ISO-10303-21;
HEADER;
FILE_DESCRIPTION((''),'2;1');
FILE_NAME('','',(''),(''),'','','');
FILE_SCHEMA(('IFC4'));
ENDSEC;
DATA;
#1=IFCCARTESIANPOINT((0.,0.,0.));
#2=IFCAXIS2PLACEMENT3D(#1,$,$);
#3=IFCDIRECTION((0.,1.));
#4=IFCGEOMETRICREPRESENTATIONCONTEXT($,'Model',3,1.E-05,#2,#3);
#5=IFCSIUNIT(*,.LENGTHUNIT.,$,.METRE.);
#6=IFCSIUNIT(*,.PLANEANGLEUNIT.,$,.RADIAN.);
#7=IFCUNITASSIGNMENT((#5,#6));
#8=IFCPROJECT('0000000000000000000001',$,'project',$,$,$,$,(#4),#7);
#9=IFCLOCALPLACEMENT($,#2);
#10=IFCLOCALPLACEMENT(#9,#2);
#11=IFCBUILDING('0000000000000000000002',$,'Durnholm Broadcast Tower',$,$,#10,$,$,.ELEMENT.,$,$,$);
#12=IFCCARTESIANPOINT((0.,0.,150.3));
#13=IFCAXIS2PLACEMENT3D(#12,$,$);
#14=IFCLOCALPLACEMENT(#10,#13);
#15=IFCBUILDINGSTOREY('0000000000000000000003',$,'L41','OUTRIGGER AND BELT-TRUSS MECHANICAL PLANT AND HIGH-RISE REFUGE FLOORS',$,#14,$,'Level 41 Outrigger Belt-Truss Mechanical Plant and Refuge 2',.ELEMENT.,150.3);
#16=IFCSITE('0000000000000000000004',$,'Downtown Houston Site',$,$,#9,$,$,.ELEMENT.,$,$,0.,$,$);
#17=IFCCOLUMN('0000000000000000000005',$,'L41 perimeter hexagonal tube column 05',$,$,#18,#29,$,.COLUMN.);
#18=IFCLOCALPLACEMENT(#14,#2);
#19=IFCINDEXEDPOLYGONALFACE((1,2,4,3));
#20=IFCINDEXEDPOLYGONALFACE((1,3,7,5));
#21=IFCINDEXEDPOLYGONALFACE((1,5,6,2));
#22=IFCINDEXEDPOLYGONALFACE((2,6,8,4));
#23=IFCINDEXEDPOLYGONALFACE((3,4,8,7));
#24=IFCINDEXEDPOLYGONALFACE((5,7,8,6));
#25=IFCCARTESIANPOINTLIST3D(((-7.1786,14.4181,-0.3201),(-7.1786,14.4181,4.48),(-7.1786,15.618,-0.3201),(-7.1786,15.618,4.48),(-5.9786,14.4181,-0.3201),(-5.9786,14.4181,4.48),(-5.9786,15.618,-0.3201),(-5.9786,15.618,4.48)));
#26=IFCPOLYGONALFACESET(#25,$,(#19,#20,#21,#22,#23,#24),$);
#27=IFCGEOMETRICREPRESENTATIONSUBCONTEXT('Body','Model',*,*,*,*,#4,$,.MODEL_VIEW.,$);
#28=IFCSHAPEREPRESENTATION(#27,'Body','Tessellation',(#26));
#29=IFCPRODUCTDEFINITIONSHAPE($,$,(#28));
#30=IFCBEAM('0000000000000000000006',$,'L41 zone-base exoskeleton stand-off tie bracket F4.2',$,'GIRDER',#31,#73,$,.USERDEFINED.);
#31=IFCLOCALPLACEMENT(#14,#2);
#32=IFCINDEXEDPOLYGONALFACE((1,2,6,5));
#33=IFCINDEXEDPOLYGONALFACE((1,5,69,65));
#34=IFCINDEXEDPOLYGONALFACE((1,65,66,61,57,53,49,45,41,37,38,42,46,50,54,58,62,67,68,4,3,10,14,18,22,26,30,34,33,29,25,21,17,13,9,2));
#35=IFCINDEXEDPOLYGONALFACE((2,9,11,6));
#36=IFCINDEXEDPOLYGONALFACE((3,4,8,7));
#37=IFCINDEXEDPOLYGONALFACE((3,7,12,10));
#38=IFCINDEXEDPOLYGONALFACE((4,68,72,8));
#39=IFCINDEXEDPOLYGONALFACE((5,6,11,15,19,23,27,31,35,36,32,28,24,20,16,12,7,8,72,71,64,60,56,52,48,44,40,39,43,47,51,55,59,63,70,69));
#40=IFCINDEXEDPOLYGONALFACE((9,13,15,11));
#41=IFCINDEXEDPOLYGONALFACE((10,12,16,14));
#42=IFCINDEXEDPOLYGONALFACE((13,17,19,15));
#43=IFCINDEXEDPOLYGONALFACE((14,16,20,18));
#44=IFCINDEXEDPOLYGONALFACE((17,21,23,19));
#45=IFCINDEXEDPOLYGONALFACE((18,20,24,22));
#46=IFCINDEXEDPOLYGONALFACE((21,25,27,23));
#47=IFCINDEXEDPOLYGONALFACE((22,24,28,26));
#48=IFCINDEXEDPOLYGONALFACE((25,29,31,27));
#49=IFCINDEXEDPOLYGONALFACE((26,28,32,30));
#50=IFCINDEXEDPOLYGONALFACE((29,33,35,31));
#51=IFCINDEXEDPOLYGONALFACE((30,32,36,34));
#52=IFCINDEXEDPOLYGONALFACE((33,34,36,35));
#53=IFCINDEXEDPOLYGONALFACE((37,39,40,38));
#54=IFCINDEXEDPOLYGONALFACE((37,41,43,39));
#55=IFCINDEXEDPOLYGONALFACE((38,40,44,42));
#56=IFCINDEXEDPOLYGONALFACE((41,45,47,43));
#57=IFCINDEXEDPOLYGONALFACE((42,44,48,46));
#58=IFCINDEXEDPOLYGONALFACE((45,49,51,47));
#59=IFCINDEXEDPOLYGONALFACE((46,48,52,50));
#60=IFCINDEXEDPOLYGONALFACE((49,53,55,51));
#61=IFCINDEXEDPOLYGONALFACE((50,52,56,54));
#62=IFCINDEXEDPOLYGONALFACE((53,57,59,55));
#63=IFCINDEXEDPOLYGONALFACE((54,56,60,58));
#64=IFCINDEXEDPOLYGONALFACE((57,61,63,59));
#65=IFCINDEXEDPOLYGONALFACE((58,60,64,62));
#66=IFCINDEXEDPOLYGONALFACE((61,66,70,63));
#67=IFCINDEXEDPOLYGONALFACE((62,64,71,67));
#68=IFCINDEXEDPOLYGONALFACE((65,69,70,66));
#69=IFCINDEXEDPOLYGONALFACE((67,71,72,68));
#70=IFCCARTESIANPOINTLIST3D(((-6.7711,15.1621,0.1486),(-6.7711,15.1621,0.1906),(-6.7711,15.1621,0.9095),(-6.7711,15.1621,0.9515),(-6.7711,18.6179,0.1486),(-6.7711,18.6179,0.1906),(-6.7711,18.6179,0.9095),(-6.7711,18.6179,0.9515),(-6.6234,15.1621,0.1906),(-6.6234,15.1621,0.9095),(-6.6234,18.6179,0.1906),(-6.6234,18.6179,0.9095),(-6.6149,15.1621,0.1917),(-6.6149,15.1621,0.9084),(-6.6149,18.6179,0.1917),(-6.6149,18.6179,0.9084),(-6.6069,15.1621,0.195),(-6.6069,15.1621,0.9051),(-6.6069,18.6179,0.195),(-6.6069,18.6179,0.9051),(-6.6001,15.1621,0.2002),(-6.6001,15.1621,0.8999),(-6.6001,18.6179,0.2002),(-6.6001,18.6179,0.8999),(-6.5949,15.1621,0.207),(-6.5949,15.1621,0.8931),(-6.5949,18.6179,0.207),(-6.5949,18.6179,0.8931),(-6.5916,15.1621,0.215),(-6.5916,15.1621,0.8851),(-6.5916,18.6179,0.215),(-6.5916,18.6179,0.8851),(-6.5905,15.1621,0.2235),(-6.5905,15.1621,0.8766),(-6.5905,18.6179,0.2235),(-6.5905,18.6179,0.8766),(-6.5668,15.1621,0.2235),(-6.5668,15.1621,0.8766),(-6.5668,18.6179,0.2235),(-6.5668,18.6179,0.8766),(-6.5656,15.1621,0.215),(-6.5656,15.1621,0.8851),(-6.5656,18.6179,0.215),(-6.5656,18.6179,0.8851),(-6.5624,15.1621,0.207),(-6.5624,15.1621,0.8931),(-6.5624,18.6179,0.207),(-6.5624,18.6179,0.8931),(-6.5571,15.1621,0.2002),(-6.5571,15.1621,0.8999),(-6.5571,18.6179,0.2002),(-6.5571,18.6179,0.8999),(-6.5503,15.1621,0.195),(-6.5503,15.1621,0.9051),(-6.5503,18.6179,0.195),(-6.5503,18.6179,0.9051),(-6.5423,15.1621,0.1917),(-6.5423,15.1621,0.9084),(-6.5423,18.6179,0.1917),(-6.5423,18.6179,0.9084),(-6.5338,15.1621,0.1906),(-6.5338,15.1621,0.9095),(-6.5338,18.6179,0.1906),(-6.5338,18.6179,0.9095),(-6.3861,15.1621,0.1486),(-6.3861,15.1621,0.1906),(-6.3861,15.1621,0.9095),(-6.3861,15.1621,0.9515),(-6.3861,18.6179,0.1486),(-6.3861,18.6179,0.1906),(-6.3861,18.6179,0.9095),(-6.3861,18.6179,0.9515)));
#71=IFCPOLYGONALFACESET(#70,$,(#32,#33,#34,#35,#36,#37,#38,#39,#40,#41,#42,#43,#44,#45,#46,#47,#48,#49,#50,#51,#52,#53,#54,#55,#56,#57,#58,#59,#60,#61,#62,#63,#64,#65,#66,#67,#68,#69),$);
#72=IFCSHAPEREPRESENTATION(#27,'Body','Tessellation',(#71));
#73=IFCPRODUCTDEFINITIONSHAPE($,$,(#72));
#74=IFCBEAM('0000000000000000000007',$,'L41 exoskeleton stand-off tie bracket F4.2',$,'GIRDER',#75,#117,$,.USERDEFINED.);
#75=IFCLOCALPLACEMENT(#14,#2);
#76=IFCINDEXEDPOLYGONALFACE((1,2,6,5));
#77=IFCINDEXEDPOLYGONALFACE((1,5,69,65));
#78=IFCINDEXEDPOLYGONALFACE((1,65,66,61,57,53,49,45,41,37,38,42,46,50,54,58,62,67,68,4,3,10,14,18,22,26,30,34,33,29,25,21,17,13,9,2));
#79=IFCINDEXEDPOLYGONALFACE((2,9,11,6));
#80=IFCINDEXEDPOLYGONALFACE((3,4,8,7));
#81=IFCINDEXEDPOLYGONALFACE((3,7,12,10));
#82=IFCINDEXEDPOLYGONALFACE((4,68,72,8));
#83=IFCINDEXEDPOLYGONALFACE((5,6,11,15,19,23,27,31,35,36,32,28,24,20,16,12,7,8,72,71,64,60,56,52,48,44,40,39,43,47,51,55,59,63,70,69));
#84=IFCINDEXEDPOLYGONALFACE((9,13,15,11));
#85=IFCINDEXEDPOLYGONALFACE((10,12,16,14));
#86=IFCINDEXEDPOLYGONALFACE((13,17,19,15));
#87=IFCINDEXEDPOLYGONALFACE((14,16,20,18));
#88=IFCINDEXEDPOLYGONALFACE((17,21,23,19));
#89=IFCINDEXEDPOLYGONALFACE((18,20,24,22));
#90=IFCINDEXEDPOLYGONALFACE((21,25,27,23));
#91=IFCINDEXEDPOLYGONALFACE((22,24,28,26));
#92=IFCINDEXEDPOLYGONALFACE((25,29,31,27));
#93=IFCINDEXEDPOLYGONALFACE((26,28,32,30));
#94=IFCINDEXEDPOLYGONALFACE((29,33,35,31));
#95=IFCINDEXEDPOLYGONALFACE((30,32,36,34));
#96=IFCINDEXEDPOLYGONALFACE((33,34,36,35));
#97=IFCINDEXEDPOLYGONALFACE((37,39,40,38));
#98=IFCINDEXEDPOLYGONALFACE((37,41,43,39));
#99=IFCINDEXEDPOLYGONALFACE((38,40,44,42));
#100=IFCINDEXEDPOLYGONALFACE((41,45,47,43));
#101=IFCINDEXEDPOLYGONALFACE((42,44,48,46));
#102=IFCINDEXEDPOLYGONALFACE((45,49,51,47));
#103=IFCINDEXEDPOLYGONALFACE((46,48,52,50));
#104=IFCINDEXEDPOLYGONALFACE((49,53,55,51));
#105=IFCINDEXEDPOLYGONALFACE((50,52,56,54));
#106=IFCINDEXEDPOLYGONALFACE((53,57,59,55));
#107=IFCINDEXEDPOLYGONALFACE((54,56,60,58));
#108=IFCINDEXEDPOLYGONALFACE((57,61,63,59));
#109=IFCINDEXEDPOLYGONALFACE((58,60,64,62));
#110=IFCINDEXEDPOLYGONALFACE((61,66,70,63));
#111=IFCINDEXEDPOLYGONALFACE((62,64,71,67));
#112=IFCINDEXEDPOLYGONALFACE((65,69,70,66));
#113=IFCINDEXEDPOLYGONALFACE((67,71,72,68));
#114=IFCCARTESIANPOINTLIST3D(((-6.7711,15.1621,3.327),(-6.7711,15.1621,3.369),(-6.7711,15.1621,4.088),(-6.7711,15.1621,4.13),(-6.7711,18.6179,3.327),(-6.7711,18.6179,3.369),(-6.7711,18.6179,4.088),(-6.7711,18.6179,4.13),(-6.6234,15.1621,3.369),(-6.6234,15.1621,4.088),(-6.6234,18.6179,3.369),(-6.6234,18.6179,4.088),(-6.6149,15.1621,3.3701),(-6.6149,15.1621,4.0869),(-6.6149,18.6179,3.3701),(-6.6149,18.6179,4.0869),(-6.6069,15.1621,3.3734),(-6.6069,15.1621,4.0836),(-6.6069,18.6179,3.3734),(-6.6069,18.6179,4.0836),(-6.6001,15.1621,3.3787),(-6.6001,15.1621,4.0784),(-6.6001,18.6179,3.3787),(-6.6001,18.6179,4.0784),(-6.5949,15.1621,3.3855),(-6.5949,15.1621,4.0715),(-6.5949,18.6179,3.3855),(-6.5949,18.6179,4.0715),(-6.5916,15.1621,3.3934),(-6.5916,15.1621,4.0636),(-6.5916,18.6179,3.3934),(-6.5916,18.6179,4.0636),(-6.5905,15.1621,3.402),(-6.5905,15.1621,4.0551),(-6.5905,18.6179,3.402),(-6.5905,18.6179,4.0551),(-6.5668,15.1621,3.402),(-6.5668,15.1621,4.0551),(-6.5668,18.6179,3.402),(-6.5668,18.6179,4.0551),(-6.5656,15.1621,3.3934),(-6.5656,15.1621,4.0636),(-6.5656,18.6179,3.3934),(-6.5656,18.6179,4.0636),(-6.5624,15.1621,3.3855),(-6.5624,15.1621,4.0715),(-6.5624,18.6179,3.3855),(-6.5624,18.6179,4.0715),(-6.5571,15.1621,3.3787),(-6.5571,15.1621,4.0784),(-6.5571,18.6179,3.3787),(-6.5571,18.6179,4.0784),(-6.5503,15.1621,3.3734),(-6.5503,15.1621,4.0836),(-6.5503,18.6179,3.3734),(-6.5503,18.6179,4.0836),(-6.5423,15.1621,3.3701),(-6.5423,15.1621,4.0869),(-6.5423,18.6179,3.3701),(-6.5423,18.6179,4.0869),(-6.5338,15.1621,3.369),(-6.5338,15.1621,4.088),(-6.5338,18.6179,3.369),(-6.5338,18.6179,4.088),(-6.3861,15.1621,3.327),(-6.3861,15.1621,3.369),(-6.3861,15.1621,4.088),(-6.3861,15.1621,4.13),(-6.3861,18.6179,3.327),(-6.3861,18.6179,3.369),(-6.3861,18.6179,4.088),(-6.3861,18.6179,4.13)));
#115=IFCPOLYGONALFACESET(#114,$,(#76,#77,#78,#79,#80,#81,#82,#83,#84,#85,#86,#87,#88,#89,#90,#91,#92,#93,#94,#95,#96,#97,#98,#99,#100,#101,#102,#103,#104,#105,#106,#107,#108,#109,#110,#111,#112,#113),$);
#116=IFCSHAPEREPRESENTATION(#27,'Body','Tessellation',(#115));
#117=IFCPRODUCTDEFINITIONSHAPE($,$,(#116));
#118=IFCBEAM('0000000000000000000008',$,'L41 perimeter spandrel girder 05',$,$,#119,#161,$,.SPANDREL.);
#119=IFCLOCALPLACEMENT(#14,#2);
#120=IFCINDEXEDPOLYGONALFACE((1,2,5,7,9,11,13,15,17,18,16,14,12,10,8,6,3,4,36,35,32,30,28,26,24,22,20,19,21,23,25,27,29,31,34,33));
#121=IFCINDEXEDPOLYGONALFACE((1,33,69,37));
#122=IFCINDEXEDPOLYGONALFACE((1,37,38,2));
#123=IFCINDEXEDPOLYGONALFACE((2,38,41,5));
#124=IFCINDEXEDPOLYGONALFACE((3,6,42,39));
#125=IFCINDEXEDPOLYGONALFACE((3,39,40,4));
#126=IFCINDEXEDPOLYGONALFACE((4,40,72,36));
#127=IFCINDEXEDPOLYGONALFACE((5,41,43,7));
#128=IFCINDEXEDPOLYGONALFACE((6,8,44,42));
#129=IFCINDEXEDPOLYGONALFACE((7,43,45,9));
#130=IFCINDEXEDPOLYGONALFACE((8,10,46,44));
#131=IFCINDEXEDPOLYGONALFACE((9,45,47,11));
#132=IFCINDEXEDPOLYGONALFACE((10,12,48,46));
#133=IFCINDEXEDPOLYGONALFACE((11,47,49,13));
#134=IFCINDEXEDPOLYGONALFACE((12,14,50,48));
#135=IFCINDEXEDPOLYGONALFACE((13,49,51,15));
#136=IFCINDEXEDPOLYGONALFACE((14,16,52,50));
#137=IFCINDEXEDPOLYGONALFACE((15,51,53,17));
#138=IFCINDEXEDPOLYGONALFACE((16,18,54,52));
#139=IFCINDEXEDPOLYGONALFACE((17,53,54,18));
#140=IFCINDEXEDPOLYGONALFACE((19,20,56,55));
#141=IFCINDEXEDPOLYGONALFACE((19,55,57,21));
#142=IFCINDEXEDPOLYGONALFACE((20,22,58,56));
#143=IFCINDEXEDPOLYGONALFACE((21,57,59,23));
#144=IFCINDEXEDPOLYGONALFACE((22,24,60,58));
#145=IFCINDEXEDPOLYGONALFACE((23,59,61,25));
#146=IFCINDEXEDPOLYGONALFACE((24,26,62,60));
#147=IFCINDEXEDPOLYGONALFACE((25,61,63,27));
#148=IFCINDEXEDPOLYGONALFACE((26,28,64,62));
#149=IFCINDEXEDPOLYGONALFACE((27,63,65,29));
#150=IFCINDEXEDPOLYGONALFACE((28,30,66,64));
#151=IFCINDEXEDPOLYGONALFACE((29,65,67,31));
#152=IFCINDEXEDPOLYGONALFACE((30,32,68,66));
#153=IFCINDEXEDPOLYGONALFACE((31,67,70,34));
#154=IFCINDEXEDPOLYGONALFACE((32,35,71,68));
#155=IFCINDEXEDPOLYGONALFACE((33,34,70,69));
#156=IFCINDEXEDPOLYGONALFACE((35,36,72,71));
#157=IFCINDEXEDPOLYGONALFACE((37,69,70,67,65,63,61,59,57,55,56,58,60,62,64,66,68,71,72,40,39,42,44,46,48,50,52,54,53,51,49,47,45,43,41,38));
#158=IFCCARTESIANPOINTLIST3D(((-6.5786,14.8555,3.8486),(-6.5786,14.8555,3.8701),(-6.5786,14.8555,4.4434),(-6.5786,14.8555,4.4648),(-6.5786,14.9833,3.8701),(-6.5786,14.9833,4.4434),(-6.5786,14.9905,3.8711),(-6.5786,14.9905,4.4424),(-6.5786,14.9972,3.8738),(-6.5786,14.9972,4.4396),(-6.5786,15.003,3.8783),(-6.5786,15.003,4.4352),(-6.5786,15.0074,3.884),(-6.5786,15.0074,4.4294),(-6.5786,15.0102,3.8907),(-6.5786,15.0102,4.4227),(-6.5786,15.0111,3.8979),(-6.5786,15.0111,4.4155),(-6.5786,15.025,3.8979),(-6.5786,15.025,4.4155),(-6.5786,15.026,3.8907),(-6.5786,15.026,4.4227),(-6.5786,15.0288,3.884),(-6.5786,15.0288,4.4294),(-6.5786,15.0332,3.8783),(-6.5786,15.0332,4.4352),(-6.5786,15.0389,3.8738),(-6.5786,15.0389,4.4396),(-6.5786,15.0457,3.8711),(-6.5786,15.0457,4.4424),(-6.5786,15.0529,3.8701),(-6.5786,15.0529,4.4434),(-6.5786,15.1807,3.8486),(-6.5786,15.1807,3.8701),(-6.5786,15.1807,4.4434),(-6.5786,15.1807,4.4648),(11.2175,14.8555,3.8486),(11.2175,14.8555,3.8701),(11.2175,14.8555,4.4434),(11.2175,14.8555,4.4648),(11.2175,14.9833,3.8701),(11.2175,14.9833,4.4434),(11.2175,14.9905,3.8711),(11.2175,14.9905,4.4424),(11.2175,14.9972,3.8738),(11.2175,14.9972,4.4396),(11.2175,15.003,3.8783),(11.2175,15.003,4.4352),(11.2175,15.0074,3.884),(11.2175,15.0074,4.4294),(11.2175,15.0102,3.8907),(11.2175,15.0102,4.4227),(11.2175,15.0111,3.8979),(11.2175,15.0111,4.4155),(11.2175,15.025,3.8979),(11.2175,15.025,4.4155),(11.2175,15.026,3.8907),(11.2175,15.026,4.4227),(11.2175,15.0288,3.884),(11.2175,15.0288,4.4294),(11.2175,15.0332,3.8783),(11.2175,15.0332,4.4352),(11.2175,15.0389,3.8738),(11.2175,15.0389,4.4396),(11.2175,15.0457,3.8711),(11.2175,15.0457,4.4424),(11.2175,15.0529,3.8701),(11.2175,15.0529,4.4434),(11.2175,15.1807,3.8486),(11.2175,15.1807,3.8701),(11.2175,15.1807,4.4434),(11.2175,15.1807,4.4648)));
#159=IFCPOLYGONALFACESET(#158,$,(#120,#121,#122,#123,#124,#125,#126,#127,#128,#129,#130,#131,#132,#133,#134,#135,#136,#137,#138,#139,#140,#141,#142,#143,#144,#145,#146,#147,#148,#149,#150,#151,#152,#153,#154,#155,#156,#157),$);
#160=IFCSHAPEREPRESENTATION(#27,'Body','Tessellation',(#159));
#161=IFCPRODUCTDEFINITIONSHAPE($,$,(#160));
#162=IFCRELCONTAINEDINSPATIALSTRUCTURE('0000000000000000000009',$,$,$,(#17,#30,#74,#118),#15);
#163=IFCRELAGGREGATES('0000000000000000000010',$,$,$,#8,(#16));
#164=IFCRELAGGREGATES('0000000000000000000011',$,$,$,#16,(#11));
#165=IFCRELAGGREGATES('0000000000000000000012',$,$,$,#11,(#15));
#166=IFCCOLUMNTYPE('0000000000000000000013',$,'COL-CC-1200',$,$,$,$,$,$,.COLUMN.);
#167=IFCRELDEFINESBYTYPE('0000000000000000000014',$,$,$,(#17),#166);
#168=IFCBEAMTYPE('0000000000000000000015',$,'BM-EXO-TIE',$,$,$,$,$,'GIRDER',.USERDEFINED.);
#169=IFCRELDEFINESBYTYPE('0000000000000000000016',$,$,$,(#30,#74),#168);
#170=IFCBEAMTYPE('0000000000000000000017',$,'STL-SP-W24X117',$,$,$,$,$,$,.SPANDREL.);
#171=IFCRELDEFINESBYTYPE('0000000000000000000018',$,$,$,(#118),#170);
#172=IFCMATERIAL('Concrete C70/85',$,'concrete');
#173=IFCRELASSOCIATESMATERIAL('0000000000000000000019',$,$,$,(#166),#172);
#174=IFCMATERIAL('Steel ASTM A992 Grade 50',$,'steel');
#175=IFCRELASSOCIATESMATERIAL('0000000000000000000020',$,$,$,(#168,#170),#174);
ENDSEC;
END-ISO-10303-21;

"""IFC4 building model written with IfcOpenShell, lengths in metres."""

from ifc_helpers import new_model, si_unit, direction, frame, origin, origin_2d, place, context, subcontext, project, spatial, rectangle, i_section, extrude, source, transform, mapped, material, material_profile, profile_set, type_object, type_shapes, element, save


model = new_model("IFC4")

# Units and contexts
model_context = context("Model", 3, precision=1e-05, world=origin(), true_north=direction((0.0, 1.0)))
body_context = subcontext(model_context, "Body", "Model", "MODEL_VIEW")
ifc_project = project(units=[si_unit("LENGTHUNIT", "METRE"), si_unit("PLANEANGLEUNIT", "RADIAN")], contexts=[model_context])

# Site, building, storey
site_placement = place(None, origin())
site = spatial("IfcSite", under=ifc_project, at=site_placement, Name="Downtown Houston Site", CompositionType="ELEMENT", RefElevation=0.0)
building_placement = place(site_placement, origin())
building = spatial("IfcBuilding", under=site, at=building_placement, Name="Durnholm Broadcast Tower", CompositionType="ELEMENT")
storey_placement = place(building_placement, frame((0.0, 0.0, 150.3)))
storey = spatial("IfcBuildingStorey", under=building, at=storey_placement, Name="L41", Description="OUTRIGGER AND BELT-TRUSS MECHANICAL PLANT AND HIGH-RISE REFUGE FLOORS", LongName="Level 41 Outrigger Belt-Truss Mechanical Plant and Refuge 2", CompositionType="ELEMENT", Elevation=150.3)

# Column
ifc_material_1 = material(Name="Concrete C70/85", Category="concrete")
ifc_material_profile_1 = material_profile(ifc_material_1, rectangle(XDim=1.2, YDim=1.2, at=origin_2d()), Name="RC1200X1200")
ifc_profile_set_1 = profile_set([ifc_material_profile_1], Name="Concrete C70/85")
column_type = type_object("IfcColumnType", Name="COL-CC-1200", PredefinedType="COLUMN", material=ifc_profile_set_1)
shared_shape_1 = source(origin(), body_context, "Body", "SweptSolid", [
    extrude(rectangle(XDim=1.2, YDim=1.2, at=origin_2d()), origin(), (0.0, 0.0, 1.0), 4.8),
])
type_shapes(column_type, [shared_shape_1])
column_placement = place(storey_placement, frame((-6.5786, 15.0181, -0.3201), z_axis=(0.0, 0.0, 1.0), x_axis=(1.0, 0.0, 0.0)))
element("IfcColumn", 1, at=column_placement, inside=storey, type_object=column_type, Name="L41 perimeter hexagonal tube column 05", PredefinedType="COLUMN", context=body_context, shape_type="MappedRepresentation", body=[
    mapped(shared_shape_1, transform((0.0, 0.0, 0.0), x_axis=(1.0, 0.0, 0.0), y_axis=(0.0, 1.0, 0.0), z_axis=(0.0, 0.0, 1.0), scale=1.0)),
])

# Beams
ifc_material_2 = material(Name="Steel ASTM A992 Grade 50", Category="steel")
ifc_material_profile_2 = material_profile(ifc_material_2, i_section(OverallWidth=0.385, OverallDepth=0.803, WebThickness=0.0237, FlangeThickness=0.042, FilletRadius=0.033, at=origin_2d()), Name="W30X261")
ifc_profile_set_2 = profile_set([ifc_material_profile_2], Name="Steel ASTM A992 Grade 50")
beam_type_1 = type_object("IfcBeamType", Name="BM-EXO-TIE", ElementType="GIRDER", PredefinedType="USERDEFINED", material=ifc_profile_set_2)
shared_shape_2 = source(origin(), body_context, "Body", "SweptSolid", [
    extrude(i_section(OverallWidth=0.385, OverallDepth=0.803, WebThickness=0.0237, FlangeThickness=0.042, FilletRadius=0.033, at=origin_2d()), origin(), (0.0, 0.0, 1.0), 3.4558),
])
type_shapes(beam_type_1, [shared_shape_2])
for number, where, z_axis, x_axis, name in (
    (2, (-6.5786, 15.1621, 0.55), (0.0, 1.0, 0.0), (-1.0, 0.0, 0.0), "L41 zone-base exoskeleton stand-off tie bracket F4.2"),
    (3, (-6.5786, 15.1621, 3.7285), (0.0, 1.0, 0.0), (-1.0, 0.0, 0.0), "L41 exoskeleton stand-off tie bracket F4.2"),
):
    element("IfcBeam", number, at=place(storey_placement, frame(where, z_axis=z_axis, x_axis=x_axis)), inside=storey, type_object=beam_type_1, Name=name, ObjectType="GIRDER", PredefinedType="USERDEFINED", context=body_context, shape_type="MappedRepresentation", body=[
        mapped(shared_shape_2, transform((0.0, 0.0, 0.0), x_axis=(1.0, 0.0, 0.0), y_axis=(0.0, 1.0, 0.0), z_axis=(0.0, 0.0, 1.0), scale=1.0)),
    ])
ifc_material_profile_3 = material_profile(ifc_material_2, i_section(OverallWidth=0.3252, OverallDepth=0.6162, WebThickness=0.0139, FlangeThickness=0.0215, FilletRadius=0.0278, at=origin_2d()), Name="W24X117")
ifc_profile_set_3 = profile_set([ifc_material_profile_3], Name="Steel ASTM A992 Grade 50")
beam_type_2 = type_object("IfcBeamType", Name="STL-SP-W24X117", PredefinedType="SPANDREL", material=ifc_profile_set_3)
shared_shape_3 = source(origin(), body_context, "Body", "SweptSolid", [
    extrude(i_section(OverallWidth=0.3252, OverallDepth=0.6162, WebThickness=0.0139, FlangeThickness=0.0215, FilletRadius=0.0278, at=origin_2d()), origin(), (0.0, 0.0, 1.0), 17.7961),
])
type_shapes(beam_type_2, [shared_shape_3])
beam_placement = place(storey_placement, frame((-6.5786, 15.0181, 4.1567), z_axis=(1.0, 0.0, 0.0), x_axis=(0.0, 1.0, 0.0)))
element("IfcBeam", 4, at=beam_placement, inside=storey, type_object=beam_type_2, Name="L41 perimeter spandrel girder 05", PredefinedType="SPANDREL", context=body_context, shape_type="MappedRepresentation", body=[
    mapped(shared_shape_3, transform((0.0, 0.0, 0.0), x_axis=(1.0, 0.0, 0.0), y_axis=(0.0, 1.0, 0.0), z_axis=(0.0, 0.0, 1.0), scale=1.0)),
])

save(model, "model.ifc")
